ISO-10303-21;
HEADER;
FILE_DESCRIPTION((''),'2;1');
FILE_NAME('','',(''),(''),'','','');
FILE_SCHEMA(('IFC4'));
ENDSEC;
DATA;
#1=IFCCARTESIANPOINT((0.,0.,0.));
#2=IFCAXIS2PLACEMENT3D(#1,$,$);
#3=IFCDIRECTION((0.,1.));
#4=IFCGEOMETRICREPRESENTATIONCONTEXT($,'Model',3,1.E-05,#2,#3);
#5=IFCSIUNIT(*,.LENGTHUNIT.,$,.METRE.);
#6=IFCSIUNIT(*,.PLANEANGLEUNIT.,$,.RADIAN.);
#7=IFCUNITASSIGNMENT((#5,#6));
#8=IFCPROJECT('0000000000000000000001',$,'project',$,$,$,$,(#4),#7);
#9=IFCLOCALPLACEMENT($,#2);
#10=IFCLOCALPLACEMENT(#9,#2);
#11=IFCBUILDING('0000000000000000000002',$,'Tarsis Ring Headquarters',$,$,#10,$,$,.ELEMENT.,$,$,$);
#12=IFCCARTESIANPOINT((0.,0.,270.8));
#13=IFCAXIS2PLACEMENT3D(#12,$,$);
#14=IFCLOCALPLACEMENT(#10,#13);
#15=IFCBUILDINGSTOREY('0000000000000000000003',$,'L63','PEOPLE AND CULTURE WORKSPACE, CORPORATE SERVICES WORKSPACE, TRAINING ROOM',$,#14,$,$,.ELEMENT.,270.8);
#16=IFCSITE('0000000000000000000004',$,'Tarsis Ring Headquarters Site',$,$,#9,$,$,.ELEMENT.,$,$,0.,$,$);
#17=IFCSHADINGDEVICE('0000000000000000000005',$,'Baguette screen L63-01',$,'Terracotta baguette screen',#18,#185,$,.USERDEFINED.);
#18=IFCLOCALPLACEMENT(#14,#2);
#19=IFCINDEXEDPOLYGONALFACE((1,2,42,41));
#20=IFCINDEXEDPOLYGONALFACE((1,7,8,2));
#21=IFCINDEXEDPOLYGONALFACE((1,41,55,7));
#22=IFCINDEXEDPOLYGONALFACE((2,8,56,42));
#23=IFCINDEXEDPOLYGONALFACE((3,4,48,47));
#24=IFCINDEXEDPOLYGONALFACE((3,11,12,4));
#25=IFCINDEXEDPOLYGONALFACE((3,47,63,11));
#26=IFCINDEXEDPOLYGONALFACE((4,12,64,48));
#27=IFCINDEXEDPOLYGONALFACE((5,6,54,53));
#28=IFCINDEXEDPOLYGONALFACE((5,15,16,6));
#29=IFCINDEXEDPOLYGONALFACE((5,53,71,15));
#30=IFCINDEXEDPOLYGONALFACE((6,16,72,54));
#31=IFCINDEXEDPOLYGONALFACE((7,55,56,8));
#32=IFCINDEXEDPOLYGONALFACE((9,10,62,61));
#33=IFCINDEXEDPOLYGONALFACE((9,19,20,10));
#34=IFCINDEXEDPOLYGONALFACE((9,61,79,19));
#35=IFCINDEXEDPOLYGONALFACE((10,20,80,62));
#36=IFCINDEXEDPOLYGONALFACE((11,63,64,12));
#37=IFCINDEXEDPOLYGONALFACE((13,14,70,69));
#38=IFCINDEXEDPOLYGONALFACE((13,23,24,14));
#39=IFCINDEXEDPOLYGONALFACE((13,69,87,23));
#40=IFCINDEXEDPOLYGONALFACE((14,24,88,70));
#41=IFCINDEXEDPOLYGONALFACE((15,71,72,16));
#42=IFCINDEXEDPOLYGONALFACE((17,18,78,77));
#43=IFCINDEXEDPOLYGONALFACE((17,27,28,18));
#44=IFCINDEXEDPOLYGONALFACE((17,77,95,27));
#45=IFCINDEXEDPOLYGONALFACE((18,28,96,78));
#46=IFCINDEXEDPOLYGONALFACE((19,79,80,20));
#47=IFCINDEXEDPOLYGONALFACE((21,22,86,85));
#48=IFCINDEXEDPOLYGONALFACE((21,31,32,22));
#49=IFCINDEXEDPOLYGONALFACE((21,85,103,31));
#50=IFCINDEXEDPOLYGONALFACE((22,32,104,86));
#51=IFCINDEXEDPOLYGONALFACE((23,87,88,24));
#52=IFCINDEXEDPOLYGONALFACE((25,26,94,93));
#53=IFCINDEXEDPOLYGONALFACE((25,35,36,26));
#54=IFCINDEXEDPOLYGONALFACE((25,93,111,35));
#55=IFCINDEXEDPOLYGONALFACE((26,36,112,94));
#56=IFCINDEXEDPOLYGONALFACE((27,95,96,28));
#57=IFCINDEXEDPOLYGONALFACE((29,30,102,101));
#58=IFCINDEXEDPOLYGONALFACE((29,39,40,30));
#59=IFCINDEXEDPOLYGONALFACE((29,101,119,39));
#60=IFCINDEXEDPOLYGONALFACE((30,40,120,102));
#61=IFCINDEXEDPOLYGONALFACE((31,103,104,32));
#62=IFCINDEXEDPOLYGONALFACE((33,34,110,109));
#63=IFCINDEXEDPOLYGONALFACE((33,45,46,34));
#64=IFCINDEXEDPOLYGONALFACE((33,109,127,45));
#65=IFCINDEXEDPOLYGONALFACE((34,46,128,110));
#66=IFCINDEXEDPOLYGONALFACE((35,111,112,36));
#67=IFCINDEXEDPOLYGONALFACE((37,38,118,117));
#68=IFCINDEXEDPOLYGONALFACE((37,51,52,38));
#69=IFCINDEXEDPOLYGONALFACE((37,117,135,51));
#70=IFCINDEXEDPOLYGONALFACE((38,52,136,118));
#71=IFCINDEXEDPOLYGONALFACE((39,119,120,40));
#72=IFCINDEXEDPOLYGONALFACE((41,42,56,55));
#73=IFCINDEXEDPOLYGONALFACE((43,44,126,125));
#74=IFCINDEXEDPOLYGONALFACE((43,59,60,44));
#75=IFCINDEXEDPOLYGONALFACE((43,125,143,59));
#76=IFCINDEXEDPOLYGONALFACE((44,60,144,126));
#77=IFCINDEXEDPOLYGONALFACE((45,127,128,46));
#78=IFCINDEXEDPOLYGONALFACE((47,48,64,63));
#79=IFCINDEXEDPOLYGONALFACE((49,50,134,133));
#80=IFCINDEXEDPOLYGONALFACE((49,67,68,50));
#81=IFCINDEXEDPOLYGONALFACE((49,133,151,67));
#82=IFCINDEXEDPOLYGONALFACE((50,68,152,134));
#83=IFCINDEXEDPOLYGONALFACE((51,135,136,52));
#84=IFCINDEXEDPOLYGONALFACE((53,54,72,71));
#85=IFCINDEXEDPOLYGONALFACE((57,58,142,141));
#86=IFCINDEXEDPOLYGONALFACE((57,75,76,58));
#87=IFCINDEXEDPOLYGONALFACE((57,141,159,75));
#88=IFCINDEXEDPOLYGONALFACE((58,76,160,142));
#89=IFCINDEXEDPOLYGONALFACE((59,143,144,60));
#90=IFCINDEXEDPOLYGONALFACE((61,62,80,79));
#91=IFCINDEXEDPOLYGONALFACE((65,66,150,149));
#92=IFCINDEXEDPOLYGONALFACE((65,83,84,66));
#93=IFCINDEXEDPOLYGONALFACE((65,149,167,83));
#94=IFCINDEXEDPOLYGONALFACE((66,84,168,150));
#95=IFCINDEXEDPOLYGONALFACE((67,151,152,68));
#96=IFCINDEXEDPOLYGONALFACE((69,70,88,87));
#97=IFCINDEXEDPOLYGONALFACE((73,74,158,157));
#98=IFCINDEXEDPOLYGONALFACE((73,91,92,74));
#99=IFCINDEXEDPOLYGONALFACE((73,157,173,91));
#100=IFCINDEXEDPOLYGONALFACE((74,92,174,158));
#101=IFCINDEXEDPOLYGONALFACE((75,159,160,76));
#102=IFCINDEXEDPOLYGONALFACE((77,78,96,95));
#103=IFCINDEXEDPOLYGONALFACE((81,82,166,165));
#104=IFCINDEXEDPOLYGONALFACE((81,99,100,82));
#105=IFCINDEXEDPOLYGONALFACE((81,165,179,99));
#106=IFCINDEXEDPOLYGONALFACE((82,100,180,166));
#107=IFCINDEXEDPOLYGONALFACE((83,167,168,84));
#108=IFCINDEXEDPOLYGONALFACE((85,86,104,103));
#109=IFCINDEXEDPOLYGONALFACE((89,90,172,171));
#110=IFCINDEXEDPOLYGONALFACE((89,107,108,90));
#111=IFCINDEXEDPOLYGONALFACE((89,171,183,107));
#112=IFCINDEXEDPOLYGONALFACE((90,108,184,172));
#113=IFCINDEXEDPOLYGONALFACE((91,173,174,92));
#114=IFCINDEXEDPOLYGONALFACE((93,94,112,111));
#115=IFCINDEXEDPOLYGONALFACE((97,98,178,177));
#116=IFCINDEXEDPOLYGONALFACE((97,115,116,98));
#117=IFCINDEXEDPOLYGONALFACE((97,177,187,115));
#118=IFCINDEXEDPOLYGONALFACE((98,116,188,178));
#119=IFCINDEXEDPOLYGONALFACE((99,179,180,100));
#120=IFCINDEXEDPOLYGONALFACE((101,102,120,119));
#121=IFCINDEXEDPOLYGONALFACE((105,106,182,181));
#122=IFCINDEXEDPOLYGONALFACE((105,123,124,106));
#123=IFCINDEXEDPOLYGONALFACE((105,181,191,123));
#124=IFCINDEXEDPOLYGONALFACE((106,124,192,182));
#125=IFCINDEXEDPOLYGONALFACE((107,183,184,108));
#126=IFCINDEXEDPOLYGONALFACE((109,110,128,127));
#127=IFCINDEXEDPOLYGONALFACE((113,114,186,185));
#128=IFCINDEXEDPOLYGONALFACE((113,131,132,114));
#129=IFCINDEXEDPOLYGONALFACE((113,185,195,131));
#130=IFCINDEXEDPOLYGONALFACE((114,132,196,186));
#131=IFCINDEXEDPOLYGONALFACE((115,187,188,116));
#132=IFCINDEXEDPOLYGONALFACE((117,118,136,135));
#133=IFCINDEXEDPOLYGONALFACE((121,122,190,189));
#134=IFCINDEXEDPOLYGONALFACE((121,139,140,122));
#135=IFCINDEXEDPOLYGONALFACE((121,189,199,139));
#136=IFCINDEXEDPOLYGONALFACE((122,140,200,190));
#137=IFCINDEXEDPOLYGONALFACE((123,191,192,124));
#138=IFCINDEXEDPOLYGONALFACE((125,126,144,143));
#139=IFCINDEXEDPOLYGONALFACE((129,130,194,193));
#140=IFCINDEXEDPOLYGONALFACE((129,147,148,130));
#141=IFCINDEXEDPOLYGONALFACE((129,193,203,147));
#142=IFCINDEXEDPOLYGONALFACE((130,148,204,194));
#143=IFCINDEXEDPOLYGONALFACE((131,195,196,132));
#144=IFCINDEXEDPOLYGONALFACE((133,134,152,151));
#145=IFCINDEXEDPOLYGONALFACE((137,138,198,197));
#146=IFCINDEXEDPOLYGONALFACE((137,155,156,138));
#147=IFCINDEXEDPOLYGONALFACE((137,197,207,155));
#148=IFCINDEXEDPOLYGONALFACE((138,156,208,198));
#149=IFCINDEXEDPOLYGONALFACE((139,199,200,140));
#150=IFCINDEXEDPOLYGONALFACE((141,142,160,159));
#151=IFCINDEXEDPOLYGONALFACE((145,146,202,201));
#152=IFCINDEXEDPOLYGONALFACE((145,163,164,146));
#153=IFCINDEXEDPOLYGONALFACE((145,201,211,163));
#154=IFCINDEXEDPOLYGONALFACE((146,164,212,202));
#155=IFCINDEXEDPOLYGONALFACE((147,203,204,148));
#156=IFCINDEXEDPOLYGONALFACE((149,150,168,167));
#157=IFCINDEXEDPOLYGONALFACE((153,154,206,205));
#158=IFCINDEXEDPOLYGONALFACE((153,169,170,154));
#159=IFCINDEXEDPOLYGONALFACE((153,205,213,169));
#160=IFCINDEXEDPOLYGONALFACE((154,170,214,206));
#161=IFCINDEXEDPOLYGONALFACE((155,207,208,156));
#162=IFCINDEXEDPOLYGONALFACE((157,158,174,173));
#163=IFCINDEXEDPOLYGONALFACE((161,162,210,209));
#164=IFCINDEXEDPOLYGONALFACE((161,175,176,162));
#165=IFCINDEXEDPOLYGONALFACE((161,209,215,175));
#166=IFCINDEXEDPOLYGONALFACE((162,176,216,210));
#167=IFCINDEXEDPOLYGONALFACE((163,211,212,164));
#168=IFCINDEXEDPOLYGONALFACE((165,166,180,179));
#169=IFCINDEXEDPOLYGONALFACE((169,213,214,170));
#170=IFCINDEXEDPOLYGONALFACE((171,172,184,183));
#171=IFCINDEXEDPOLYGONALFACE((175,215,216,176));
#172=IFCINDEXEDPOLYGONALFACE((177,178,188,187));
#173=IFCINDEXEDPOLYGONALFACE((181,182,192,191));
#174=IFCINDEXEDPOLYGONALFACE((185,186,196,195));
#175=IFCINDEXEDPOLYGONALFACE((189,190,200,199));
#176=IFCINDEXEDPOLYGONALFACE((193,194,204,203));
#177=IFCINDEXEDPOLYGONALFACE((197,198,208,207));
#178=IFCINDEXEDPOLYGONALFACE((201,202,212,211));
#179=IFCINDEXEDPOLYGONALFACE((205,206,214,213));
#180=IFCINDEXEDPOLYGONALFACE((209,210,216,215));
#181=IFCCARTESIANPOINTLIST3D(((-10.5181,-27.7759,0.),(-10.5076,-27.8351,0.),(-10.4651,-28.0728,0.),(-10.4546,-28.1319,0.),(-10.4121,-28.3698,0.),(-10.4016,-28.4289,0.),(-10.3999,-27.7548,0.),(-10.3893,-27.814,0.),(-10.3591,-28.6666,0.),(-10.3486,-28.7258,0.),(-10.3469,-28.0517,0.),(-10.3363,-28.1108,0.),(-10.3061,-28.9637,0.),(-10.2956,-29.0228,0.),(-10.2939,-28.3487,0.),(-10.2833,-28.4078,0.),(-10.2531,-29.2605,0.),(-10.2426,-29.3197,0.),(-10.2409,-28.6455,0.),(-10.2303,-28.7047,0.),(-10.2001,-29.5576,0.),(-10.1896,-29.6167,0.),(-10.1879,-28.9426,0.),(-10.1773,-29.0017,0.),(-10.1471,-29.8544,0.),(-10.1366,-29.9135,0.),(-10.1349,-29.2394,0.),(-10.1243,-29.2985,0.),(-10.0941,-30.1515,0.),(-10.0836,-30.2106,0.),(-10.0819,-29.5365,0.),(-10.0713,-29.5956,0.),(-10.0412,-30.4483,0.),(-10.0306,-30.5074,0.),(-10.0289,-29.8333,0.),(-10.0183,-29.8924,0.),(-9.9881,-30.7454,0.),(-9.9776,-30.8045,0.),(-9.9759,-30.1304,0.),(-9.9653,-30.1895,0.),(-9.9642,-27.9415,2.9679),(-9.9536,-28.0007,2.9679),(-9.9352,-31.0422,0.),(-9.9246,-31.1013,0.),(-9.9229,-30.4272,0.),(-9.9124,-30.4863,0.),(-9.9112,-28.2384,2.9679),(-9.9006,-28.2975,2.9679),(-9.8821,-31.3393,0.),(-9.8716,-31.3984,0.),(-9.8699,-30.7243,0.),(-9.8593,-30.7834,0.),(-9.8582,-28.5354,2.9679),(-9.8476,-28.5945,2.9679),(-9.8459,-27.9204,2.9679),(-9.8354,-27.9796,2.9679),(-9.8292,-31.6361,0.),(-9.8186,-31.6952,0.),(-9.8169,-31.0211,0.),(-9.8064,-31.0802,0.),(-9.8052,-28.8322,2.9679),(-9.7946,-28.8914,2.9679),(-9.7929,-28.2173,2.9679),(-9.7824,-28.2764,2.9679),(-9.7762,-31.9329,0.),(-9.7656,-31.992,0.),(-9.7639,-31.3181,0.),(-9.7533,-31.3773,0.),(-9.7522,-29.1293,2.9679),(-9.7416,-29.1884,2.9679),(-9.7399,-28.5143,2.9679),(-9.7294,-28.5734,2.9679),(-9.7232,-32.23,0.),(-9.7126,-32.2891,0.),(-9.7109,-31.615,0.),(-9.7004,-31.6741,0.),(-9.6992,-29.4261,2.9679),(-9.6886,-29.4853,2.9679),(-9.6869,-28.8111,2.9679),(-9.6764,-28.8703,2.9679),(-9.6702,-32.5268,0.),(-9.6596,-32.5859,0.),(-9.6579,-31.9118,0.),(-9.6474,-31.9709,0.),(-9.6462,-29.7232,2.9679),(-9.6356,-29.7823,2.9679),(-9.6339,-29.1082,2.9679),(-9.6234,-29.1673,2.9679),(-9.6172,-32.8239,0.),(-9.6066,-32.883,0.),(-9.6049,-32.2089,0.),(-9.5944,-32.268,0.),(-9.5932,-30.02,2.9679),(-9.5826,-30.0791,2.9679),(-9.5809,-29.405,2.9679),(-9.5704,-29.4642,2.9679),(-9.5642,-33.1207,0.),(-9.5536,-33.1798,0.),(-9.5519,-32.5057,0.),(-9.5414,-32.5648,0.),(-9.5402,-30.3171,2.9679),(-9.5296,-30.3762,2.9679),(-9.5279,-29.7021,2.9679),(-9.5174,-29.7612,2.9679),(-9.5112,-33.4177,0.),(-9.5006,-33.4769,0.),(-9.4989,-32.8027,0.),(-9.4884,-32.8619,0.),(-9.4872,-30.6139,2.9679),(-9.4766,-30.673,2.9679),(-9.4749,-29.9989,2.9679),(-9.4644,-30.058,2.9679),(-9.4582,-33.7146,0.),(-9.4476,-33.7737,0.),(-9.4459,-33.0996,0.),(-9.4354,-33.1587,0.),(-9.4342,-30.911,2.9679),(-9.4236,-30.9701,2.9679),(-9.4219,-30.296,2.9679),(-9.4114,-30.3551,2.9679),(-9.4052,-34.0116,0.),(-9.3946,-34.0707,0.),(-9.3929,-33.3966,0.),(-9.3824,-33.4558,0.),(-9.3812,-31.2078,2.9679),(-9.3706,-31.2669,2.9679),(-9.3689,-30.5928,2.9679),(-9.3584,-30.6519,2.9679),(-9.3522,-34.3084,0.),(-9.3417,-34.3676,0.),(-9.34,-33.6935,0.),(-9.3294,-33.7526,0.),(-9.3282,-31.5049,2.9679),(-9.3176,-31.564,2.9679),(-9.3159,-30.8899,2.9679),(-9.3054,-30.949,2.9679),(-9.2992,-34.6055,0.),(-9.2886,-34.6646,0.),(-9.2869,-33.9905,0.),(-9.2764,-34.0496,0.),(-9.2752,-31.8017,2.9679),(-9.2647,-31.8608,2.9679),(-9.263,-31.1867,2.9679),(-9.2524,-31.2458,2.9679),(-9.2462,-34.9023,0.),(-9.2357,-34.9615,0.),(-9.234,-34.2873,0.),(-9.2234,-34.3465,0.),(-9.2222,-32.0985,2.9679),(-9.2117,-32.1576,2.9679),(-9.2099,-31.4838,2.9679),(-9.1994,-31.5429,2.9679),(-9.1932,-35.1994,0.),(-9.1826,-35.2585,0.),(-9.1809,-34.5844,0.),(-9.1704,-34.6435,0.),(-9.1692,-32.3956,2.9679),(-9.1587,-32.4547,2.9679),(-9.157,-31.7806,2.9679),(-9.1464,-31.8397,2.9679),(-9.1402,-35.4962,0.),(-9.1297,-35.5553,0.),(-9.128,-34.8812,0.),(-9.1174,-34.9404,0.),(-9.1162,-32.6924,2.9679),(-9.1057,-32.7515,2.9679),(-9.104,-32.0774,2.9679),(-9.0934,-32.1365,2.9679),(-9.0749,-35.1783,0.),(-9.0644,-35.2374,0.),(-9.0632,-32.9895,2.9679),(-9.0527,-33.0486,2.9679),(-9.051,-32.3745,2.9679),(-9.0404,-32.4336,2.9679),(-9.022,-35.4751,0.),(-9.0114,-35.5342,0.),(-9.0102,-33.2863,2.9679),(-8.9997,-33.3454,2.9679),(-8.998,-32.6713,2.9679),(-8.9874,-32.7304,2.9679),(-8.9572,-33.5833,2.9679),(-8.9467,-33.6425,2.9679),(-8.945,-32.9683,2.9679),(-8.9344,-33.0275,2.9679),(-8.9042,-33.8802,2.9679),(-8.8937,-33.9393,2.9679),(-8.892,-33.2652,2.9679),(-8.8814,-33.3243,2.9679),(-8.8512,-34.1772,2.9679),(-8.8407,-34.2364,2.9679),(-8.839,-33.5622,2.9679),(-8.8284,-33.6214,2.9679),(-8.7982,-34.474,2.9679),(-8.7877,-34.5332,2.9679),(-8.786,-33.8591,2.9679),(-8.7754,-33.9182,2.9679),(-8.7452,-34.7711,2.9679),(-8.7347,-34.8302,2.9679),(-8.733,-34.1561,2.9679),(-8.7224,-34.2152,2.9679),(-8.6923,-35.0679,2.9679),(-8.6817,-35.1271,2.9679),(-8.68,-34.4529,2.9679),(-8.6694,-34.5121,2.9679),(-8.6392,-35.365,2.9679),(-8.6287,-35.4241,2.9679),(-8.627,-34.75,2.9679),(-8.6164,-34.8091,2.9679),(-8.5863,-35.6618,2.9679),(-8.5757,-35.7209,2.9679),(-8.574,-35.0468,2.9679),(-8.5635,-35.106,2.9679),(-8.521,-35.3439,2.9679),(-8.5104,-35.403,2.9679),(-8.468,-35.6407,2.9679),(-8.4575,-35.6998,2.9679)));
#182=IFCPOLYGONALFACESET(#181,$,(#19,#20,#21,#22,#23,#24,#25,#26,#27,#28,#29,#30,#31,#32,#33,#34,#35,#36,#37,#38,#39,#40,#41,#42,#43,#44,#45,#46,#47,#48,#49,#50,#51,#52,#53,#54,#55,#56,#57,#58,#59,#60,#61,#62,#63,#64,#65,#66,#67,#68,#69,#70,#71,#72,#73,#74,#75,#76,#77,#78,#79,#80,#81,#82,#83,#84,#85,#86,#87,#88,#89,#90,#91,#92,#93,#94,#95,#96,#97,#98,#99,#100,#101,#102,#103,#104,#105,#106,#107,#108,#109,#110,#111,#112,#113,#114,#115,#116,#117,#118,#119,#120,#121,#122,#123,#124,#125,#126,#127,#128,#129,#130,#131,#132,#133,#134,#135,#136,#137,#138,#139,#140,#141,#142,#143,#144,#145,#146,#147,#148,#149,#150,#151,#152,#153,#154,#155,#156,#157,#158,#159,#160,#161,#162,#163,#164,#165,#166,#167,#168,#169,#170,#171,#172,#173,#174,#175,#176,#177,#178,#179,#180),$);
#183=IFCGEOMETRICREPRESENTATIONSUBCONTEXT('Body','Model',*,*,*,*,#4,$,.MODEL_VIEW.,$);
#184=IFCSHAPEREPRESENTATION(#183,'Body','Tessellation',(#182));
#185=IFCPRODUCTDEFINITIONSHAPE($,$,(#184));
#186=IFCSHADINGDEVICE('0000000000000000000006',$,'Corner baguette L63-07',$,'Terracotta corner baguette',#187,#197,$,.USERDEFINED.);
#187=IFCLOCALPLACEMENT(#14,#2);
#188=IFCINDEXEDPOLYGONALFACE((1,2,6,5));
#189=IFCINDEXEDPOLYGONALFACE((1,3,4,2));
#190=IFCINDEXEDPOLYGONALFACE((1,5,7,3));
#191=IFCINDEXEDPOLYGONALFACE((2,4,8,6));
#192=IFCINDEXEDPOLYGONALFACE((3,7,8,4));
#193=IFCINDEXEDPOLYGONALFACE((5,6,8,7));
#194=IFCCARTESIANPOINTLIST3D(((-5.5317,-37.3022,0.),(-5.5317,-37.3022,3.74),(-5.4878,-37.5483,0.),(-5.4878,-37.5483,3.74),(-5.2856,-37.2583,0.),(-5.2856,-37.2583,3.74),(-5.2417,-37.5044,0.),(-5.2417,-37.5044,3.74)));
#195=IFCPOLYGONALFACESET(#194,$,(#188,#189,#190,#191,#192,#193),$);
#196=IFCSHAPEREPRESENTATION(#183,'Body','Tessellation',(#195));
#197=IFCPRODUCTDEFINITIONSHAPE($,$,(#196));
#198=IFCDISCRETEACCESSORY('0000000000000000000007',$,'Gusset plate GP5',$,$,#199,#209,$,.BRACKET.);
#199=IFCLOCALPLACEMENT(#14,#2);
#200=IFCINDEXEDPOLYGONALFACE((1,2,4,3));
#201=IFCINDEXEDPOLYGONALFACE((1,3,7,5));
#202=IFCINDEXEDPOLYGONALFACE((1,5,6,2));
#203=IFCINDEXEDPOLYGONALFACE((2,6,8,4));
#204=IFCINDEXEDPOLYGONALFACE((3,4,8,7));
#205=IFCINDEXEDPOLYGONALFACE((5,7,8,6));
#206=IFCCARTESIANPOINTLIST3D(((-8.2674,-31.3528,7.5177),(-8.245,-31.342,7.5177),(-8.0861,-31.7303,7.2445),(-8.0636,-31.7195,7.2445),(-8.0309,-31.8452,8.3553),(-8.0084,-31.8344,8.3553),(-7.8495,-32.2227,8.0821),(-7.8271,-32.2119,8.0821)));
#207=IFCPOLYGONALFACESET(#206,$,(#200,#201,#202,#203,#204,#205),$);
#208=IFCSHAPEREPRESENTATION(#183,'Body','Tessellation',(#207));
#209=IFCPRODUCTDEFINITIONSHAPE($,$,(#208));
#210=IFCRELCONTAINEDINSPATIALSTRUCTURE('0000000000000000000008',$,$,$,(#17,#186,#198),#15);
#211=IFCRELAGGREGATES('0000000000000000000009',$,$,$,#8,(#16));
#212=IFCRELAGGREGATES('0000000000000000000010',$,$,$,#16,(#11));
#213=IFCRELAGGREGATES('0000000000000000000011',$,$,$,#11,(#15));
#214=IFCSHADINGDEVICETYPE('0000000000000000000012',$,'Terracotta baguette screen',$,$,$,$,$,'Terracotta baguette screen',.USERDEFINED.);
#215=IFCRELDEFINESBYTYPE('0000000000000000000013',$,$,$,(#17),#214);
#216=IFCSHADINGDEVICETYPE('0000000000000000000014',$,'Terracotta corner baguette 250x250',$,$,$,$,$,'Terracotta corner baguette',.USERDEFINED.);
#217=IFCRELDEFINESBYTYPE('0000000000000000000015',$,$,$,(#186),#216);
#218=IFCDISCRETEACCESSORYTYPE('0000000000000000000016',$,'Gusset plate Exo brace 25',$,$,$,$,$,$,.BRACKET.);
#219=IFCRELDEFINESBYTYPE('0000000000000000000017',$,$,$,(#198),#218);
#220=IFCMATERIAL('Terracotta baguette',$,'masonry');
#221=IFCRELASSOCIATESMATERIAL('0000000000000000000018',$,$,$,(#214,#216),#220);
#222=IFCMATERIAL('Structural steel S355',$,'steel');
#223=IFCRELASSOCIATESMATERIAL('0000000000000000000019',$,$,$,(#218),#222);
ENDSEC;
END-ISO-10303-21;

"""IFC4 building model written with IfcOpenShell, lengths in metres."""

from ifc_helpers import new_model, si_unit, direction, frame, frame_2d, origin, origin_2d, place, context, subcontext, project, spatial, rectangle, composite_profile, extrude, material, material_profile, profile_set, type_object, element, save


model = new_model("IFC4")

# Units and contexts
model_context = context("Model", 3, precision=1e-05, world=origin(), true_north=direction((0.0, 1.0)))
body_context = subcontext(model_context, "Body", "Model", "MODEL_VIEW")
ifc_project = project(units=[si_unit("LENGTHUNIT", "METRE"), si_unit("PLANEANGLEUNIT", "RADIAN")], contexts=[model_context])

# Site, building, storey
site_placement = place(None, origin())
site = spatial("IfcSite", under=ifc_project, at=site_placement, Name="Tarsis Ring Headquarters Site", CompositionType="ELEMENT", RefElevation=0.0)
building_placement = place(site_placement, origin())
building = spatial("IfcBuilding", under=site, at=building_placement, Name="Tarsis Ring Headquarters", CompositionType="ELEMENT")
storey_placement = place(building_placement, frame((0.0, 0.0, 270.8)))
storey = spatial("IfcBuildingStorey", under=building, at=storey_placement, Name="L63", Description="PEOPLE AND CULTURE WORKSPACE, CORPORATE SERVICES WORKSPACE, TRAINING ROOM", CompositionType="ELEMENT", Elevation=270.8)

# Shared definitions
ifc_material_1 = material(Name="Structural steel S355", Category="steel")

# Shading devices
ifc_material_2 = material(Name="Terracotta baguette", Category="masonry")
shading_device_type_1 = type_object("IfcShadingDeviceType", Name="Terracotta baguette screen", ElementType="Terracotta baguette screen", PredefinedType="USERDEFINED", material=ifc_material_2)
shading_device_1_placement = place(storey_placement, frame((-10.459, -27.7654, 0.0), z_axis=(0.0, 0.0, 1.0), x_axis=(0.175698, -0.984429, 0.0)))
element("IfcShadingDevice", 1, at=shading_device_1_placement, inside=storey, type_object=shading_device_type_1, Name="Baguette screen L63-01", ObjectType="Terracotta baguette screen", PredefinedType="USERDEFINED", context=body_context, shape_type="SweptSolid", body=[
    extrude(composite_profile([rectangle(XDim=0.0601, YDim=0.1201, at=frame_2d((0.03, 0.0))), rectangle(XDim=0.0601, YDim=0.1201, at=frame_2d((0.3315, 0.0))), rectangle(XDim=0.0601, YDim=0.1201, at=frame_2d((0.6333, 0.0))), rectangle(XDim=0.0601, YDim=0.1201, at=frame_2d((0.9348, 0.0))), rectangle(XDim=0.0601, YDim=0.1201, at=frame_2d((1.2366, 0.0))), rectangle(XDim=0.0601, YDim=0.1201, at=frame_2d((1.5381, 0.0))), rectangle(XDim=0.0601, YDim=0.1201, at=frame_2d((1.8398, 0.0))), rectangle(XDim=0.0601, YDim=0.1201, at=frame_2d((2.1414, 0.0))), rectangle(XDim=0.0601, YDim=0.1201, at=frame_2d((2.4431, 0.0))), rectangle(XDim=0.0601, YDim=0.1201, at=frame_2d((2.7446, 0.0))), rectangle(XDim=0.0601, YDim=0.1201, at=frame_2d((3.0464, 0.0))), rectangle(XDim=0.0601, YDim=0.1201, at=frame_2d((3.3479, 0.0))), rectangle(XDim=0.0601, YDim=0.1201, at=frame_2d((3.6497, 0.0))), rectangle(XDim=0.0601, YDim=0.1201, at=frame_2d((3.9512, 0.0))), rectangle(XDim=0.0601, YDim=0.1201, at=frame_2d((4.2527, 0.0))), rectangle(XDim=0.0601, YDim=0.1201, at=frame_2d((4.5544, 0.0))), rectangle(XDim=0.0601, YDim=0.1201, at=frame_2d((4.856, 0.0))), rectangle(XDim=0.0601, YDim=0.1201, at=frame_2d((5.1577, 0.0))), rectangle(XDim=0.0601, YDim=0.1201, at=frame_2d((5.4592, 0.0))), rectangle(XDim=0.0601, YDim=0.1201, at=frame_2d((5.761, 0.0))), rectangle(XDim=0.0601, YDim=0.1201, at=frame_2d((6.0625, 0.0))), rectangle(XDim=0.0601, YDim=0.1201, at=frame_2d((6.3643, 0.0))), rectangle(XDim=0.0601, YDim=0.1201, at=frame_2d((6.6658, 0.0))), rectangle(XDim=0.0601, YDim=0.1201, at=frame_2d((6.9675, 0.0))), rectangle(XDim=0.0601, YDim=0.1201, at=frame_2d((7.269, 0.0))), rectangle(XDim=0.0601, YDim=0.1201, at=frame_2d((7.5708, 0.0))), rectangle(XDim=0.0601, YDim=0.1201, at=frame_2d((7.8723, 0.0)))]), origin(), (0.086106, 0.170733, 0.981548), 3.0237),
])
shading_device_type_2 = type_object("IfcShadingDeviceType", Name="Terracotta corner baguette 250x250", ElementType="Terracotta corner baguette", PredefinedType="USERDEFINED", material=ifc_material_2)
shading_device_2_placement = place(storey_placement, frame((-5.3867, -37.4033, 0.0), z_axis=(0.0, 0.0, 1.0), x_axis=(0.17571, -0.984442, 0.0)))
element("IfcShadingDevice", 2, at=shading_device_2_placement, inside=storey, type_object=shading_device_type_2, Name="Corner baguette L63-07", ObjectType="Terracotta corner baguette", PredefinedType="USERDEFINED", context=body_context, shape_type="SweptSolid", body=[
    extrude(rectangle(XDim=0.25, YDim=0.25, at=origin_2d()), origin(), (0.0, 0.0, 1.0), 3.74),
])

# Discrete accessory
ifc_material_profile_1 = material_profile(ifc_material_1, rectangle(XDim=0.0249, YDim=0.5, at=origin_2d()), Name="PL 25x500")
ifc_profile_set_1 = profile_set([ifc_material_profile_1], Name="Structural steel S355")
discrete_accessory_type = type_object("IfcDiscreteAccessoryType", Name="Gusset plate Exo brace 25", PredefinedType="BRACKET", material=ifc_profile_set_1)
discrete_accessory_1_placement = place(storey_placement, frame((-8.1655, -31.5361, 7.3811), z_axis=(0.23656, -0.492405, 0.837602), x_axis=(0.901377, 0.433036, 0.0)))
element("IfcDiscreteAccessory", 3, at=discrete_accessory_1_placement, inside=storey, type_object=discrete_accessory_type, Name="Gusset plate GP5", PredefinedType="BRACKET", context=body_context, shape_type="SweptSolid", body=[
    extrude(rectangle(XDim=0.0249, YDim=0.5, at=origin_2d()), origin(), (0.0, 0.0, 1.0), 1.0),
])

save(model, "model.ifc")
